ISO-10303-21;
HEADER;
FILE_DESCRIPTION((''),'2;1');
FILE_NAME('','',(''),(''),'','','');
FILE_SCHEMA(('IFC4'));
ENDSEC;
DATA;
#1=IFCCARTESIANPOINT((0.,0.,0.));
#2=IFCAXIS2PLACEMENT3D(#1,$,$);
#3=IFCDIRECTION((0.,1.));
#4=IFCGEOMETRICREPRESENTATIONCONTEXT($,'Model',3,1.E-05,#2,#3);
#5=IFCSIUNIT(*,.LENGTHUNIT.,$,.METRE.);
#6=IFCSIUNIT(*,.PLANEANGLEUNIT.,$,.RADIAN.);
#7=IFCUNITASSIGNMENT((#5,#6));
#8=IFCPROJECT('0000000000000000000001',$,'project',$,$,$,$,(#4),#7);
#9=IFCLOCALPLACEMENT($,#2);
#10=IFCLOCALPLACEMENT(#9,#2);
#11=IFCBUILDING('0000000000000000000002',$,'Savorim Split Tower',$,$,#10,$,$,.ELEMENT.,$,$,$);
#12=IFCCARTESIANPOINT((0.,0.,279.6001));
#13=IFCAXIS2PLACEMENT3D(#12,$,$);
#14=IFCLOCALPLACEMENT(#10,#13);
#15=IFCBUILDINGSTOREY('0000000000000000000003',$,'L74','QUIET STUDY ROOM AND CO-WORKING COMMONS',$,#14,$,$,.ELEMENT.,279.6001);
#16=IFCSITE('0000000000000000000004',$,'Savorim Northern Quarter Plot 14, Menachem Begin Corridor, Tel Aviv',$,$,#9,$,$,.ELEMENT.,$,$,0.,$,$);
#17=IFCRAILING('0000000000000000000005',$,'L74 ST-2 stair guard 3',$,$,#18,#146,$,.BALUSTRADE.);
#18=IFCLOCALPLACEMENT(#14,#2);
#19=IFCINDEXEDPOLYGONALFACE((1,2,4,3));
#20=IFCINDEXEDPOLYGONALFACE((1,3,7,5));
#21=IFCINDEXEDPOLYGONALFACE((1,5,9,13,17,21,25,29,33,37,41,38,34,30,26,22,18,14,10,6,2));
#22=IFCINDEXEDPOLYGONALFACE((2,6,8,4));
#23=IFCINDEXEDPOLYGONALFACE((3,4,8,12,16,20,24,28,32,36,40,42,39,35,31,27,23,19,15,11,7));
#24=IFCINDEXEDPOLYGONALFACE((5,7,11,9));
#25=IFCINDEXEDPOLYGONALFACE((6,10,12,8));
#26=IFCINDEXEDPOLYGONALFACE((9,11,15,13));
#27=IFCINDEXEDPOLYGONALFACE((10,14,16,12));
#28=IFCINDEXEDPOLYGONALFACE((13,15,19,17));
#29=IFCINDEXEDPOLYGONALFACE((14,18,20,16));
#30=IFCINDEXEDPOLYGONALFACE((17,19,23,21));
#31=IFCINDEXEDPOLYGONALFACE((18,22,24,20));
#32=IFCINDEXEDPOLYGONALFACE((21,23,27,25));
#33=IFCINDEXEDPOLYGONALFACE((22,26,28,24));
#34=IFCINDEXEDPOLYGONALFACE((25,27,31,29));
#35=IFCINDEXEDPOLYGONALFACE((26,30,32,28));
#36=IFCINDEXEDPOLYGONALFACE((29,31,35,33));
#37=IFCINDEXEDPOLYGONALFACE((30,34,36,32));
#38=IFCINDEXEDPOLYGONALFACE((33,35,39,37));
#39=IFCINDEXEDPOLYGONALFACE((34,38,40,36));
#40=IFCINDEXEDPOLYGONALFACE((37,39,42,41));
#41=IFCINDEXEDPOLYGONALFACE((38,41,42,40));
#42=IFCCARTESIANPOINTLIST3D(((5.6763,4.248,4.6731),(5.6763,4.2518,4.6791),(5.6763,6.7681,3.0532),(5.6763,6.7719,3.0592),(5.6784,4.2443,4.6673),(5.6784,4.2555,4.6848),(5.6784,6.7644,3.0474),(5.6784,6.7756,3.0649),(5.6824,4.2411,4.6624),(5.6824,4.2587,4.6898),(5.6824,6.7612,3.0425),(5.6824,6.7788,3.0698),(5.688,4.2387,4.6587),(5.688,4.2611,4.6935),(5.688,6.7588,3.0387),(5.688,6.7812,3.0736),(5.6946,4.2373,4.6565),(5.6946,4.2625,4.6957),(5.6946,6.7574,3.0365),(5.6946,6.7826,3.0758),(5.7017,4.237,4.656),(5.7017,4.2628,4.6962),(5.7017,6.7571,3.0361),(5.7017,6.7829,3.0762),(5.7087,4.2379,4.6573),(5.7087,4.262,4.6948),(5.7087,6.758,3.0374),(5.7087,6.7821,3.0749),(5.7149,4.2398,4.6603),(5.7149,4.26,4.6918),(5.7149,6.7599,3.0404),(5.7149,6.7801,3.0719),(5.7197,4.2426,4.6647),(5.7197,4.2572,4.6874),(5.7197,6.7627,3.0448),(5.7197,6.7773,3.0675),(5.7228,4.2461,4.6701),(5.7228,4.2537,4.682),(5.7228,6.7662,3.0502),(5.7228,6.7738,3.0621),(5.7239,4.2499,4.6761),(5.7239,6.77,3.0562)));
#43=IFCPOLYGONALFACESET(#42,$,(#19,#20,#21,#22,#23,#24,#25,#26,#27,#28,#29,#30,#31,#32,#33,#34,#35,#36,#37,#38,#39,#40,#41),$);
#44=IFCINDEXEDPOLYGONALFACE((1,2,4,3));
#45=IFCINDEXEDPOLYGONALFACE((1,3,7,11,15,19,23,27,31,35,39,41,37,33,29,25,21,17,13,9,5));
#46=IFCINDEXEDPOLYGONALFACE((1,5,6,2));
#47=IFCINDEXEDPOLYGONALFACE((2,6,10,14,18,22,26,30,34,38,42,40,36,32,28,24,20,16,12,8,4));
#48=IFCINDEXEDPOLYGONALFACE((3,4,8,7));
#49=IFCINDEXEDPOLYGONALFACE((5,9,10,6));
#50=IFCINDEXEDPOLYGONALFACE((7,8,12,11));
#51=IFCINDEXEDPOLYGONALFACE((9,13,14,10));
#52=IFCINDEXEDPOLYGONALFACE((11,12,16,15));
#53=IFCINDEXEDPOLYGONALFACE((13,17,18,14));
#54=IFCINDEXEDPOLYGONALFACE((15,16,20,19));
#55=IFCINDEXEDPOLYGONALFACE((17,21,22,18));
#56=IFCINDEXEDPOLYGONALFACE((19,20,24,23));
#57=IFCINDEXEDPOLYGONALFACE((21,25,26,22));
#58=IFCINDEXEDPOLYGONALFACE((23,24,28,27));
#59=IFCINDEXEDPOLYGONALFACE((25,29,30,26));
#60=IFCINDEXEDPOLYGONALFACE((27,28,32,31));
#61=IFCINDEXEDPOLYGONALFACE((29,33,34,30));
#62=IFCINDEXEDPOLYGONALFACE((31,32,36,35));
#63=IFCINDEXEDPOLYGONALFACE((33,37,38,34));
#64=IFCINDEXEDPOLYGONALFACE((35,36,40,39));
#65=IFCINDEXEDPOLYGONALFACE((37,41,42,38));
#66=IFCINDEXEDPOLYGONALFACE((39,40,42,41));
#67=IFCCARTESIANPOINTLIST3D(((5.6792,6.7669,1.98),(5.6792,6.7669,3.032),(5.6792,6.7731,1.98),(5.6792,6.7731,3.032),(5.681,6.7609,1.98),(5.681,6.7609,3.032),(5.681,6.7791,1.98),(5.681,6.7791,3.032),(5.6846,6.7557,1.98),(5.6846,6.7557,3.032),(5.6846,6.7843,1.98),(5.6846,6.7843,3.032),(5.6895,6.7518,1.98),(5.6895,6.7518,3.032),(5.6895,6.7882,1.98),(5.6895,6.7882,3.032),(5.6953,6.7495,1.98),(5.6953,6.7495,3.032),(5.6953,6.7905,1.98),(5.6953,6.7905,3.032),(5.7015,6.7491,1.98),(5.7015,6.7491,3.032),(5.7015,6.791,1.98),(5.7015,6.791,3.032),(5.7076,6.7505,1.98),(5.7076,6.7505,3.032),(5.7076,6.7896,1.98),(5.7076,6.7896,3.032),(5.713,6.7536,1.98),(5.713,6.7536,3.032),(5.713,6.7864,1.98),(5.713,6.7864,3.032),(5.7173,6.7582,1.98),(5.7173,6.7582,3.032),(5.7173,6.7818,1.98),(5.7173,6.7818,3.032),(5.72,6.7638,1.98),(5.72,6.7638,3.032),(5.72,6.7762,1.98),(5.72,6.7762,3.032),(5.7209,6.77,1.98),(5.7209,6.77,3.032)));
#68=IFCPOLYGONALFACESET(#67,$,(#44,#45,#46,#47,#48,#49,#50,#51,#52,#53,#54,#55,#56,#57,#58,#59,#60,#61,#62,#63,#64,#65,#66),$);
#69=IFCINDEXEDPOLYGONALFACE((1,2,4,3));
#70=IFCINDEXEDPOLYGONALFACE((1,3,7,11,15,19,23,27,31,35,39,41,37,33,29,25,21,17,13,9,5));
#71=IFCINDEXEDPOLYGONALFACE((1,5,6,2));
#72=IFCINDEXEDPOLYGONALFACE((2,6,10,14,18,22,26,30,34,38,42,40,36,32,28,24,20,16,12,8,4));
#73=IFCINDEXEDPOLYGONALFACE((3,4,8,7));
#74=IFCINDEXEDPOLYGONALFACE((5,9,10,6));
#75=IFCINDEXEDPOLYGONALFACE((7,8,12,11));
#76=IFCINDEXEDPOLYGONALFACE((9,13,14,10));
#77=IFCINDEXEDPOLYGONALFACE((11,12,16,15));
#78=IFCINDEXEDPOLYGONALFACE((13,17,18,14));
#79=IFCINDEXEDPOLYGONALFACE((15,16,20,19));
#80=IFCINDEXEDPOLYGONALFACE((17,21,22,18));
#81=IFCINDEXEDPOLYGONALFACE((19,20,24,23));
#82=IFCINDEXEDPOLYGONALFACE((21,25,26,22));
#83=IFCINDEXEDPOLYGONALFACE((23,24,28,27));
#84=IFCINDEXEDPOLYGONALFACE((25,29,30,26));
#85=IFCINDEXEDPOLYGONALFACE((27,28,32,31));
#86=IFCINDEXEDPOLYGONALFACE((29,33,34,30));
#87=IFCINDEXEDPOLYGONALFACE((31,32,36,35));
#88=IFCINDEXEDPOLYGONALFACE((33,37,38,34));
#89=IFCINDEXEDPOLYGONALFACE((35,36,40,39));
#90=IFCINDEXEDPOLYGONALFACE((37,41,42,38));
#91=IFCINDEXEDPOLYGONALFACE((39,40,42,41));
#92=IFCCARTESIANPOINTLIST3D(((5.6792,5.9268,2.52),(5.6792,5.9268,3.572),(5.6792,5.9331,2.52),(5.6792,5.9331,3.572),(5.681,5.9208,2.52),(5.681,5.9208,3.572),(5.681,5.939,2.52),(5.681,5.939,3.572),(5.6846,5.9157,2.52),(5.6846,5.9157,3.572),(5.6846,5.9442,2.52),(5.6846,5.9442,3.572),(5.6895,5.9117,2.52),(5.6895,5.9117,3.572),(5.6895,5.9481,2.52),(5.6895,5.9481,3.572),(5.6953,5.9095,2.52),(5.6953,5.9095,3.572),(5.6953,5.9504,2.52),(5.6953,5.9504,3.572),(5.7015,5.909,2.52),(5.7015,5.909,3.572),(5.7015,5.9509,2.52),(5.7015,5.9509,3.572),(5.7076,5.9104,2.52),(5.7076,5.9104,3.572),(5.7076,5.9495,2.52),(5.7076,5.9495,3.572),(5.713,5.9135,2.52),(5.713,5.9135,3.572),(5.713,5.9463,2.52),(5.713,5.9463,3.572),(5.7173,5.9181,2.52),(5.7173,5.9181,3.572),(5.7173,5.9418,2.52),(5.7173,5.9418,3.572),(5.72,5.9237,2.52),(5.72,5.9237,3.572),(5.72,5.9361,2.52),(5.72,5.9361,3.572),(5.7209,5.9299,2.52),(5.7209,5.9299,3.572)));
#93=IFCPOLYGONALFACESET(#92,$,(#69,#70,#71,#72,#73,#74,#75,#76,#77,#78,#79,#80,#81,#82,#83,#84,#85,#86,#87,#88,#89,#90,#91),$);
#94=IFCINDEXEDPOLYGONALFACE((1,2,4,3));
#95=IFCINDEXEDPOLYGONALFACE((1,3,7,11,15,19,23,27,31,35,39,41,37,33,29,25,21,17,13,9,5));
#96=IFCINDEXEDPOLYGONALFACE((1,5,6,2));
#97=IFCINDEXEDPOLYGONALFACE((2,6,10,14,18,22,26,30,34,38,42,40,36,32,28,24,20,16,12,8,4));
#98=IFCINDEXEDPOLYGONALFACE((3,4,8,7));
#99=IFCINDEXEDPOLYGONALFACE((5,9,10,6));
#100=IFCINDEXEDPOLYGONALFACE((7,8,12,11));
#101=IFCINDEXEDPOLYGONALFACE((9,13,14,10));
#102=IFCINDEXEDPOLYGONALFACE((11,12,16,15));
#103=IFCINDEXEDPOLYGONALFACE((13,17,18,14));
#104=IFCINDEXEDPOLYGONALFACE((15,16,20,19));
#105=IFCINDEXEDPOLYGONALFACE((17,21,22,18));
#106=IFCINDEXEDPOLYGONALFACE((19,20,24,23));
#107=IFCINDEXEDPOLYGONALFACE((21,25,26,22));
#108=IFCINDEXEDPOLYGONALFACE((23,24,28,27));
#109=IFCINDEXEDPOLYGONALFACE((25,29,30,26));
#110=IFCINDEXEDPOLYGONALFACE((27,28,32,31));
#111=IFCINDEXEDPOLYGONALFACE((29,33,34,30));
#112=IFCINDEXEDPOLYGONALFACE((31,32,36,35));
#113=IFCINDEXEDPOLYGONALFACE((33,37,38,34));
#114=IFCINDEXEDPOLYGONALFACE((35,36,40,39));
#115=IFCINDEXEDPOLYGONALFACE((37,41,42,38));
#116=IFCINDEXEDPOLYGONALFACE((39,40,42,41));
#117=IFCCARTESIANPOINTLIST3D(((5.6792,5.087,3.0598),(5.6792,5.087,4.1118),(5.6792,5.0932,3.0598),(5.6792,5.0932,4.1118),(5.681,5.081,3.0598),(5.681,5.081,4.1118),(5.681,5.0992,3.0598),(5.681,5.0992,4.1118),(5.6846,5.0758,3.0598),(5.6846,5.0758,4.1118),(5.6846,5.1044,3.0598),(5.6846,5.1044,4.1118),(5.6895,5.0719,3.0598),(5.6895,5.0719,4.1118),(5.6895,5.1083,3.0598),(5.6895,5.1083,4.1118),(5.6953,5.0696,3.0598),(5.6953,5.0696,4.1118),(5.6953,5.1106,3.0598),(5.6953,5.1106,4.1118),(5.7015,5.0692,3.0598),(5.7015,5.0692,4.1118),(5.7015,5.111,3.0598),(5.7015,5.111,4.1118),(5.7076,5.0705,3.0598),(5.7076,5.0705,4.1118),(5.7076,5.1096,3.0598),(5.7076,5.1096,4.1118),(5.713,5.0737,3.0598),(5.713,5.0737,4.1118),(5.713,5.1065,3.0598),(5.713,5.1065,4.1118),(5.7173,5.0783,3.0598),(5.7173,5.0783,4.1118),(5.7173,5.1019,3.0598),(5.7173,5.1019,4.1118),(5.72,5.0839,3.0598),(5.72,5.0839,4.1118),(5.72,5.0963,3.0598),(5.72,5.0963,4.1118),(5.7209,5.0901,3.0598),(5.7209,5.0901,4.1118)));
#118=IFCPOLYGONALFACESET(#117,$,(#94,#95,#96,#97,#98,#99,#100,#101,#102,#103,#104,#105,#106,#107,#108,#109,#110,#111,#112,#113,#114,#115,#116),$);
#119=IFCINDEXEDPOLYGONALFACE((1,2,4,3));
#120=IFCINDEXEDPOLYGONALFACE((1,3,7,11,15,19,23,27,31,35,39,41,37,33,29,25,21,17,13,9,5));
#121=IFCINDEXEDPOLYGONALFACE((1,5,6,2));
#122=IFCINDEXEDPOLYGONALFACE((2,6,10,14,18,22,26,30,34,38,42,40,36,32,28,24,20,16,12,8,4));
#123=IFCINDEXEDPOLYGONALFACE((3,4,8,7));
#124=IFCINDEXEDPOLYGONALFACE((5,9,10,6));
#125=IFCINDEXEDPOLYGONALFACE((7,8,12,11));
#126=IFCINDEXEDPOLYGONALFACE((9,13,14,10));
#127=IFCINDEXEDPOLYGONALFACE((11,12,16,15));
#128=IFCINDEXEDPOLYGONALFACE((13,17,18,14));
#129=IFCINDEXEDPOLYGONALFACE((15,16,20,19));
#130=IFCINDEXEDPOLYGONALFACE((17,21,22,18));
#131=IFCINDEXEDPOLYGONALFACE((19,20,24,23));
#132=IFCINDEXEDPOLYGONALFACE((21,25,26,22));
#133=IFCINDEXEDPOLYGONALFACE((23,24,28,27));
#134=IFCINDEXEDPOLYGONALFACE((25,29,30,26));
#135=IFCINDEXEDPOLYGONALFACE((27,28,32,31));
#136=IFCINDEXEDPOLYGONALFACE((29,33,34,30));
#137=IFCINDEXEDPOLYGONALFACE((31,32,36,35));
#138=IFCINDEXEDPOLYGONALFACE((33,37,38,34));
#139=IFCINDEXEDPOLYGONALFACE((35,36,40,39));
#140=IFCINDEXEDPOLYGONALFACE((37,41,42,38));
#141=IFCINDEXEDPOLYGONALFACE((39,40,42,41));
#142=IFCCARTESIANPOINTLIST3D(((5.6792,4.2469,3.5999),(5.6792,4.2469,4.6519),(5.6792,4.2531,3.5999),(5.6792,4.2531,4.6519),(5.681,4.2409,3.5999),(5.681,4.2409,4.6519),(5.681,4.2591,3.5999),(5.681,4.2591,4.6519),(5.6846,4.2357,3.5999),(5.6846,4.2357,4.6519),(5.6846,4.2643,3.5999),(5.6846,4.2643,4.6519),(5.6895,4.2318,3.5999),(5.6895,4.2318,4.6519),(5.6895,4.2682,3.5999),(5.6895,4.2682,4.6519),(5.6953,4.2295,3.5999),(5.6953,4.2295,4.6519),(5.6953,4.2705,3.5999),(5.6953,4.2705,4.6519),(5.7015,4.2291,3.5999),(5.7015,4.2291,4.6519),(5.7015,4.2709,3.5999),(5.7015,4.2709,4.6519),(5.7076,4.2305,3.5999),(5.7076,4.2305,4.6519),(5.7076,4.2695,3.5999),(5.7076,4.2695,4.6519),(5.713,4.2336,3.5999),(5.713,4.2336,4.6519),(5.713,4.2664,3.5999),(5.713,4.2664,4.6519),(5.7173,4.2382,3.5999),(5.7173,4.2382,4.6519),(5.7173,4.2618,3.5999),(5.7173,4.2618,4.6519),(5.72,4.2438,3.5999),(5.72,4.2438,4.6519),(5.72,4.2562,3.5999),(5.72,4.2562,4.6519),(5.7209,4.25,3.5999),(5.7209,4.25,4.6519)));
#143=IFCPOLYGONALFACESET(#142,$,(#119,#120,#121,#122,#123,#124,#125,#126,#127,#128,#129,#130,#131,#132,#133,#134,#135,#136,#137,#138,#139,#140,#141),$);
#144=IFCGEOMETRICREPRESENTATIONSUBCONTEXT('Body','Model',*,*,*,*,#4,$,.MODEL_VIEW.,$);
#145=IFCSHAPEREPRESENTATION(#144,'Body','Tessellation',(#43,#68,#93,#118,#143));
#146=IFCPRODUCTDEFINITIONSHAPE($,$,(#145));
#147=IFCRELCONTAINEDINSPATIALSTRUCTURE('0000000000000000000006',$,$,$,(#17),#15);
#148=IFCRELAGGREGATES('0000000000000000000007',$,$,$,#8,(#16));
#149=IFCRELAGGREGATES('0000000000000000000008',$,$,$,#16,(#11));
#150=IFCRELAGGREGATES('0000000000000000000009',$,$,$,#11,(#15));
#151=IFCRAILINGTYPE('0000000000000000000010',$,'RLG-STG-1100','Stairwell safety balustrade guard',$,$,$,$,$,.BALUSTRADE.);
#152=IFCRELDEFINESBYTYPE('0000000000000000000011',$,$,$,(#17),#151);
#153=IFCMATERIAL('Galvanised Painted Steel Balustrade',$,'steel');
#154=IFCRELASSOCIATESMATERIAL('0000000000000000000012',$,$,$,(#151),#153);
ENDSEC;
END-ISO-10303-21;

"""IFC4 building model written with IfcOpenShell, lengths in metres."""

from ifc_helpers import new_model, si_unit, direction, frame, origin, origin_2d, place, context, subcontext, project, spatial, circle, extrude, material, type_object, element, save


model = new_model("IFC4")

# Units and contexts
model_context = context("Model", 3, precision=1e-05, world=origin(), true_north=direction((0.0, 1.0)))
body_context = subcontext(model_context, "Body", "Model", "MODEL_VIEW")
ifc_project = project(units=[si_unit("LENGTHUNIT", "METRE"), si_unit("PLANEANGLEUNIT", "RADIAN")], contexts=[model_context])

# Site, building, storey
site_placement = place(None, origin())
site = spatial("IfcSite", under=ifc_project, at=site_placement, Name="Savorim Northern Quarter Plot 14, Menachem Begin Corridor, Tel Aviv", CompositionType="ELEMENT", RefElevation=0.0)
building_placement = place(site_placement, origin())
building = spatial("IfcBuilding", under=site, at=building_placement, Name="Savorim Split Tower", CompositionType="ELEMENT")
storey_placement = place(building_placement, frame((0.0, 0.0, 279.6001)))
storey = spatial("IfcBuildingStorey", under=building, at=storey_placement, Name="L74", Description="QUIET STUDY ROOM AND CO-WORKING COMMONS", CompositionType="ELEMENT", Elevation=279.6001)

# Railing
ifc_material_1 = material(Name="Galvanised Painted Steel Balustrade", Category="steel")
railing_type_1 = type_object("IfcRailingType", Name="RLG-STG-1100", Description="Stairwell safety balustrade guard", PredefinedType="BALUSTRADE", material=ifc_material_1)
railing_1_placement = place(storey_placement, frame((5.7, 6.77, 1.98)))
element("IfcRailing", 1, at=railing_1_placement, inside=storey, type_object=railing_type_1, Name="L74 ST-2 stair guard 3", PredefinedType="BALUSTRADE", context=body_context, shape_type="SweptSolid", body=[
    extrude(circle(Radius=0.0239, at=origin_2d()), frame((0.0, 0.0, 1.0762), z_axis=(0.0, -0.8412, 0.540725), x_axis=(1.0, 0.0, 0.0)), (0.0, 0.0, 1.0), 2.9958),
    extrude(circle(Radius=0.021, at=origin_2d()), origin(), (0.0, 0.0, 1.0), 1.052),
    extrude(circle(Radius=0.021, at=origin_2d()), frame((0.0, -0.8401, 0.54)), (0.0, 0.0, 1.0), 1.052),
    extrude(circle(Radius=0.021, at=origin_2d()), frame((0.0, -1.6799, 1.0798)), (0.0, 0.0, 1.0), 1.052),
    extrude(circle(Radius=0.021, at=origin_2d()), frame((0.0, -2.52, 1.6199)), (0.0, 0.0, 1.0), 1.052),
])

save(model, "model.ifc")
